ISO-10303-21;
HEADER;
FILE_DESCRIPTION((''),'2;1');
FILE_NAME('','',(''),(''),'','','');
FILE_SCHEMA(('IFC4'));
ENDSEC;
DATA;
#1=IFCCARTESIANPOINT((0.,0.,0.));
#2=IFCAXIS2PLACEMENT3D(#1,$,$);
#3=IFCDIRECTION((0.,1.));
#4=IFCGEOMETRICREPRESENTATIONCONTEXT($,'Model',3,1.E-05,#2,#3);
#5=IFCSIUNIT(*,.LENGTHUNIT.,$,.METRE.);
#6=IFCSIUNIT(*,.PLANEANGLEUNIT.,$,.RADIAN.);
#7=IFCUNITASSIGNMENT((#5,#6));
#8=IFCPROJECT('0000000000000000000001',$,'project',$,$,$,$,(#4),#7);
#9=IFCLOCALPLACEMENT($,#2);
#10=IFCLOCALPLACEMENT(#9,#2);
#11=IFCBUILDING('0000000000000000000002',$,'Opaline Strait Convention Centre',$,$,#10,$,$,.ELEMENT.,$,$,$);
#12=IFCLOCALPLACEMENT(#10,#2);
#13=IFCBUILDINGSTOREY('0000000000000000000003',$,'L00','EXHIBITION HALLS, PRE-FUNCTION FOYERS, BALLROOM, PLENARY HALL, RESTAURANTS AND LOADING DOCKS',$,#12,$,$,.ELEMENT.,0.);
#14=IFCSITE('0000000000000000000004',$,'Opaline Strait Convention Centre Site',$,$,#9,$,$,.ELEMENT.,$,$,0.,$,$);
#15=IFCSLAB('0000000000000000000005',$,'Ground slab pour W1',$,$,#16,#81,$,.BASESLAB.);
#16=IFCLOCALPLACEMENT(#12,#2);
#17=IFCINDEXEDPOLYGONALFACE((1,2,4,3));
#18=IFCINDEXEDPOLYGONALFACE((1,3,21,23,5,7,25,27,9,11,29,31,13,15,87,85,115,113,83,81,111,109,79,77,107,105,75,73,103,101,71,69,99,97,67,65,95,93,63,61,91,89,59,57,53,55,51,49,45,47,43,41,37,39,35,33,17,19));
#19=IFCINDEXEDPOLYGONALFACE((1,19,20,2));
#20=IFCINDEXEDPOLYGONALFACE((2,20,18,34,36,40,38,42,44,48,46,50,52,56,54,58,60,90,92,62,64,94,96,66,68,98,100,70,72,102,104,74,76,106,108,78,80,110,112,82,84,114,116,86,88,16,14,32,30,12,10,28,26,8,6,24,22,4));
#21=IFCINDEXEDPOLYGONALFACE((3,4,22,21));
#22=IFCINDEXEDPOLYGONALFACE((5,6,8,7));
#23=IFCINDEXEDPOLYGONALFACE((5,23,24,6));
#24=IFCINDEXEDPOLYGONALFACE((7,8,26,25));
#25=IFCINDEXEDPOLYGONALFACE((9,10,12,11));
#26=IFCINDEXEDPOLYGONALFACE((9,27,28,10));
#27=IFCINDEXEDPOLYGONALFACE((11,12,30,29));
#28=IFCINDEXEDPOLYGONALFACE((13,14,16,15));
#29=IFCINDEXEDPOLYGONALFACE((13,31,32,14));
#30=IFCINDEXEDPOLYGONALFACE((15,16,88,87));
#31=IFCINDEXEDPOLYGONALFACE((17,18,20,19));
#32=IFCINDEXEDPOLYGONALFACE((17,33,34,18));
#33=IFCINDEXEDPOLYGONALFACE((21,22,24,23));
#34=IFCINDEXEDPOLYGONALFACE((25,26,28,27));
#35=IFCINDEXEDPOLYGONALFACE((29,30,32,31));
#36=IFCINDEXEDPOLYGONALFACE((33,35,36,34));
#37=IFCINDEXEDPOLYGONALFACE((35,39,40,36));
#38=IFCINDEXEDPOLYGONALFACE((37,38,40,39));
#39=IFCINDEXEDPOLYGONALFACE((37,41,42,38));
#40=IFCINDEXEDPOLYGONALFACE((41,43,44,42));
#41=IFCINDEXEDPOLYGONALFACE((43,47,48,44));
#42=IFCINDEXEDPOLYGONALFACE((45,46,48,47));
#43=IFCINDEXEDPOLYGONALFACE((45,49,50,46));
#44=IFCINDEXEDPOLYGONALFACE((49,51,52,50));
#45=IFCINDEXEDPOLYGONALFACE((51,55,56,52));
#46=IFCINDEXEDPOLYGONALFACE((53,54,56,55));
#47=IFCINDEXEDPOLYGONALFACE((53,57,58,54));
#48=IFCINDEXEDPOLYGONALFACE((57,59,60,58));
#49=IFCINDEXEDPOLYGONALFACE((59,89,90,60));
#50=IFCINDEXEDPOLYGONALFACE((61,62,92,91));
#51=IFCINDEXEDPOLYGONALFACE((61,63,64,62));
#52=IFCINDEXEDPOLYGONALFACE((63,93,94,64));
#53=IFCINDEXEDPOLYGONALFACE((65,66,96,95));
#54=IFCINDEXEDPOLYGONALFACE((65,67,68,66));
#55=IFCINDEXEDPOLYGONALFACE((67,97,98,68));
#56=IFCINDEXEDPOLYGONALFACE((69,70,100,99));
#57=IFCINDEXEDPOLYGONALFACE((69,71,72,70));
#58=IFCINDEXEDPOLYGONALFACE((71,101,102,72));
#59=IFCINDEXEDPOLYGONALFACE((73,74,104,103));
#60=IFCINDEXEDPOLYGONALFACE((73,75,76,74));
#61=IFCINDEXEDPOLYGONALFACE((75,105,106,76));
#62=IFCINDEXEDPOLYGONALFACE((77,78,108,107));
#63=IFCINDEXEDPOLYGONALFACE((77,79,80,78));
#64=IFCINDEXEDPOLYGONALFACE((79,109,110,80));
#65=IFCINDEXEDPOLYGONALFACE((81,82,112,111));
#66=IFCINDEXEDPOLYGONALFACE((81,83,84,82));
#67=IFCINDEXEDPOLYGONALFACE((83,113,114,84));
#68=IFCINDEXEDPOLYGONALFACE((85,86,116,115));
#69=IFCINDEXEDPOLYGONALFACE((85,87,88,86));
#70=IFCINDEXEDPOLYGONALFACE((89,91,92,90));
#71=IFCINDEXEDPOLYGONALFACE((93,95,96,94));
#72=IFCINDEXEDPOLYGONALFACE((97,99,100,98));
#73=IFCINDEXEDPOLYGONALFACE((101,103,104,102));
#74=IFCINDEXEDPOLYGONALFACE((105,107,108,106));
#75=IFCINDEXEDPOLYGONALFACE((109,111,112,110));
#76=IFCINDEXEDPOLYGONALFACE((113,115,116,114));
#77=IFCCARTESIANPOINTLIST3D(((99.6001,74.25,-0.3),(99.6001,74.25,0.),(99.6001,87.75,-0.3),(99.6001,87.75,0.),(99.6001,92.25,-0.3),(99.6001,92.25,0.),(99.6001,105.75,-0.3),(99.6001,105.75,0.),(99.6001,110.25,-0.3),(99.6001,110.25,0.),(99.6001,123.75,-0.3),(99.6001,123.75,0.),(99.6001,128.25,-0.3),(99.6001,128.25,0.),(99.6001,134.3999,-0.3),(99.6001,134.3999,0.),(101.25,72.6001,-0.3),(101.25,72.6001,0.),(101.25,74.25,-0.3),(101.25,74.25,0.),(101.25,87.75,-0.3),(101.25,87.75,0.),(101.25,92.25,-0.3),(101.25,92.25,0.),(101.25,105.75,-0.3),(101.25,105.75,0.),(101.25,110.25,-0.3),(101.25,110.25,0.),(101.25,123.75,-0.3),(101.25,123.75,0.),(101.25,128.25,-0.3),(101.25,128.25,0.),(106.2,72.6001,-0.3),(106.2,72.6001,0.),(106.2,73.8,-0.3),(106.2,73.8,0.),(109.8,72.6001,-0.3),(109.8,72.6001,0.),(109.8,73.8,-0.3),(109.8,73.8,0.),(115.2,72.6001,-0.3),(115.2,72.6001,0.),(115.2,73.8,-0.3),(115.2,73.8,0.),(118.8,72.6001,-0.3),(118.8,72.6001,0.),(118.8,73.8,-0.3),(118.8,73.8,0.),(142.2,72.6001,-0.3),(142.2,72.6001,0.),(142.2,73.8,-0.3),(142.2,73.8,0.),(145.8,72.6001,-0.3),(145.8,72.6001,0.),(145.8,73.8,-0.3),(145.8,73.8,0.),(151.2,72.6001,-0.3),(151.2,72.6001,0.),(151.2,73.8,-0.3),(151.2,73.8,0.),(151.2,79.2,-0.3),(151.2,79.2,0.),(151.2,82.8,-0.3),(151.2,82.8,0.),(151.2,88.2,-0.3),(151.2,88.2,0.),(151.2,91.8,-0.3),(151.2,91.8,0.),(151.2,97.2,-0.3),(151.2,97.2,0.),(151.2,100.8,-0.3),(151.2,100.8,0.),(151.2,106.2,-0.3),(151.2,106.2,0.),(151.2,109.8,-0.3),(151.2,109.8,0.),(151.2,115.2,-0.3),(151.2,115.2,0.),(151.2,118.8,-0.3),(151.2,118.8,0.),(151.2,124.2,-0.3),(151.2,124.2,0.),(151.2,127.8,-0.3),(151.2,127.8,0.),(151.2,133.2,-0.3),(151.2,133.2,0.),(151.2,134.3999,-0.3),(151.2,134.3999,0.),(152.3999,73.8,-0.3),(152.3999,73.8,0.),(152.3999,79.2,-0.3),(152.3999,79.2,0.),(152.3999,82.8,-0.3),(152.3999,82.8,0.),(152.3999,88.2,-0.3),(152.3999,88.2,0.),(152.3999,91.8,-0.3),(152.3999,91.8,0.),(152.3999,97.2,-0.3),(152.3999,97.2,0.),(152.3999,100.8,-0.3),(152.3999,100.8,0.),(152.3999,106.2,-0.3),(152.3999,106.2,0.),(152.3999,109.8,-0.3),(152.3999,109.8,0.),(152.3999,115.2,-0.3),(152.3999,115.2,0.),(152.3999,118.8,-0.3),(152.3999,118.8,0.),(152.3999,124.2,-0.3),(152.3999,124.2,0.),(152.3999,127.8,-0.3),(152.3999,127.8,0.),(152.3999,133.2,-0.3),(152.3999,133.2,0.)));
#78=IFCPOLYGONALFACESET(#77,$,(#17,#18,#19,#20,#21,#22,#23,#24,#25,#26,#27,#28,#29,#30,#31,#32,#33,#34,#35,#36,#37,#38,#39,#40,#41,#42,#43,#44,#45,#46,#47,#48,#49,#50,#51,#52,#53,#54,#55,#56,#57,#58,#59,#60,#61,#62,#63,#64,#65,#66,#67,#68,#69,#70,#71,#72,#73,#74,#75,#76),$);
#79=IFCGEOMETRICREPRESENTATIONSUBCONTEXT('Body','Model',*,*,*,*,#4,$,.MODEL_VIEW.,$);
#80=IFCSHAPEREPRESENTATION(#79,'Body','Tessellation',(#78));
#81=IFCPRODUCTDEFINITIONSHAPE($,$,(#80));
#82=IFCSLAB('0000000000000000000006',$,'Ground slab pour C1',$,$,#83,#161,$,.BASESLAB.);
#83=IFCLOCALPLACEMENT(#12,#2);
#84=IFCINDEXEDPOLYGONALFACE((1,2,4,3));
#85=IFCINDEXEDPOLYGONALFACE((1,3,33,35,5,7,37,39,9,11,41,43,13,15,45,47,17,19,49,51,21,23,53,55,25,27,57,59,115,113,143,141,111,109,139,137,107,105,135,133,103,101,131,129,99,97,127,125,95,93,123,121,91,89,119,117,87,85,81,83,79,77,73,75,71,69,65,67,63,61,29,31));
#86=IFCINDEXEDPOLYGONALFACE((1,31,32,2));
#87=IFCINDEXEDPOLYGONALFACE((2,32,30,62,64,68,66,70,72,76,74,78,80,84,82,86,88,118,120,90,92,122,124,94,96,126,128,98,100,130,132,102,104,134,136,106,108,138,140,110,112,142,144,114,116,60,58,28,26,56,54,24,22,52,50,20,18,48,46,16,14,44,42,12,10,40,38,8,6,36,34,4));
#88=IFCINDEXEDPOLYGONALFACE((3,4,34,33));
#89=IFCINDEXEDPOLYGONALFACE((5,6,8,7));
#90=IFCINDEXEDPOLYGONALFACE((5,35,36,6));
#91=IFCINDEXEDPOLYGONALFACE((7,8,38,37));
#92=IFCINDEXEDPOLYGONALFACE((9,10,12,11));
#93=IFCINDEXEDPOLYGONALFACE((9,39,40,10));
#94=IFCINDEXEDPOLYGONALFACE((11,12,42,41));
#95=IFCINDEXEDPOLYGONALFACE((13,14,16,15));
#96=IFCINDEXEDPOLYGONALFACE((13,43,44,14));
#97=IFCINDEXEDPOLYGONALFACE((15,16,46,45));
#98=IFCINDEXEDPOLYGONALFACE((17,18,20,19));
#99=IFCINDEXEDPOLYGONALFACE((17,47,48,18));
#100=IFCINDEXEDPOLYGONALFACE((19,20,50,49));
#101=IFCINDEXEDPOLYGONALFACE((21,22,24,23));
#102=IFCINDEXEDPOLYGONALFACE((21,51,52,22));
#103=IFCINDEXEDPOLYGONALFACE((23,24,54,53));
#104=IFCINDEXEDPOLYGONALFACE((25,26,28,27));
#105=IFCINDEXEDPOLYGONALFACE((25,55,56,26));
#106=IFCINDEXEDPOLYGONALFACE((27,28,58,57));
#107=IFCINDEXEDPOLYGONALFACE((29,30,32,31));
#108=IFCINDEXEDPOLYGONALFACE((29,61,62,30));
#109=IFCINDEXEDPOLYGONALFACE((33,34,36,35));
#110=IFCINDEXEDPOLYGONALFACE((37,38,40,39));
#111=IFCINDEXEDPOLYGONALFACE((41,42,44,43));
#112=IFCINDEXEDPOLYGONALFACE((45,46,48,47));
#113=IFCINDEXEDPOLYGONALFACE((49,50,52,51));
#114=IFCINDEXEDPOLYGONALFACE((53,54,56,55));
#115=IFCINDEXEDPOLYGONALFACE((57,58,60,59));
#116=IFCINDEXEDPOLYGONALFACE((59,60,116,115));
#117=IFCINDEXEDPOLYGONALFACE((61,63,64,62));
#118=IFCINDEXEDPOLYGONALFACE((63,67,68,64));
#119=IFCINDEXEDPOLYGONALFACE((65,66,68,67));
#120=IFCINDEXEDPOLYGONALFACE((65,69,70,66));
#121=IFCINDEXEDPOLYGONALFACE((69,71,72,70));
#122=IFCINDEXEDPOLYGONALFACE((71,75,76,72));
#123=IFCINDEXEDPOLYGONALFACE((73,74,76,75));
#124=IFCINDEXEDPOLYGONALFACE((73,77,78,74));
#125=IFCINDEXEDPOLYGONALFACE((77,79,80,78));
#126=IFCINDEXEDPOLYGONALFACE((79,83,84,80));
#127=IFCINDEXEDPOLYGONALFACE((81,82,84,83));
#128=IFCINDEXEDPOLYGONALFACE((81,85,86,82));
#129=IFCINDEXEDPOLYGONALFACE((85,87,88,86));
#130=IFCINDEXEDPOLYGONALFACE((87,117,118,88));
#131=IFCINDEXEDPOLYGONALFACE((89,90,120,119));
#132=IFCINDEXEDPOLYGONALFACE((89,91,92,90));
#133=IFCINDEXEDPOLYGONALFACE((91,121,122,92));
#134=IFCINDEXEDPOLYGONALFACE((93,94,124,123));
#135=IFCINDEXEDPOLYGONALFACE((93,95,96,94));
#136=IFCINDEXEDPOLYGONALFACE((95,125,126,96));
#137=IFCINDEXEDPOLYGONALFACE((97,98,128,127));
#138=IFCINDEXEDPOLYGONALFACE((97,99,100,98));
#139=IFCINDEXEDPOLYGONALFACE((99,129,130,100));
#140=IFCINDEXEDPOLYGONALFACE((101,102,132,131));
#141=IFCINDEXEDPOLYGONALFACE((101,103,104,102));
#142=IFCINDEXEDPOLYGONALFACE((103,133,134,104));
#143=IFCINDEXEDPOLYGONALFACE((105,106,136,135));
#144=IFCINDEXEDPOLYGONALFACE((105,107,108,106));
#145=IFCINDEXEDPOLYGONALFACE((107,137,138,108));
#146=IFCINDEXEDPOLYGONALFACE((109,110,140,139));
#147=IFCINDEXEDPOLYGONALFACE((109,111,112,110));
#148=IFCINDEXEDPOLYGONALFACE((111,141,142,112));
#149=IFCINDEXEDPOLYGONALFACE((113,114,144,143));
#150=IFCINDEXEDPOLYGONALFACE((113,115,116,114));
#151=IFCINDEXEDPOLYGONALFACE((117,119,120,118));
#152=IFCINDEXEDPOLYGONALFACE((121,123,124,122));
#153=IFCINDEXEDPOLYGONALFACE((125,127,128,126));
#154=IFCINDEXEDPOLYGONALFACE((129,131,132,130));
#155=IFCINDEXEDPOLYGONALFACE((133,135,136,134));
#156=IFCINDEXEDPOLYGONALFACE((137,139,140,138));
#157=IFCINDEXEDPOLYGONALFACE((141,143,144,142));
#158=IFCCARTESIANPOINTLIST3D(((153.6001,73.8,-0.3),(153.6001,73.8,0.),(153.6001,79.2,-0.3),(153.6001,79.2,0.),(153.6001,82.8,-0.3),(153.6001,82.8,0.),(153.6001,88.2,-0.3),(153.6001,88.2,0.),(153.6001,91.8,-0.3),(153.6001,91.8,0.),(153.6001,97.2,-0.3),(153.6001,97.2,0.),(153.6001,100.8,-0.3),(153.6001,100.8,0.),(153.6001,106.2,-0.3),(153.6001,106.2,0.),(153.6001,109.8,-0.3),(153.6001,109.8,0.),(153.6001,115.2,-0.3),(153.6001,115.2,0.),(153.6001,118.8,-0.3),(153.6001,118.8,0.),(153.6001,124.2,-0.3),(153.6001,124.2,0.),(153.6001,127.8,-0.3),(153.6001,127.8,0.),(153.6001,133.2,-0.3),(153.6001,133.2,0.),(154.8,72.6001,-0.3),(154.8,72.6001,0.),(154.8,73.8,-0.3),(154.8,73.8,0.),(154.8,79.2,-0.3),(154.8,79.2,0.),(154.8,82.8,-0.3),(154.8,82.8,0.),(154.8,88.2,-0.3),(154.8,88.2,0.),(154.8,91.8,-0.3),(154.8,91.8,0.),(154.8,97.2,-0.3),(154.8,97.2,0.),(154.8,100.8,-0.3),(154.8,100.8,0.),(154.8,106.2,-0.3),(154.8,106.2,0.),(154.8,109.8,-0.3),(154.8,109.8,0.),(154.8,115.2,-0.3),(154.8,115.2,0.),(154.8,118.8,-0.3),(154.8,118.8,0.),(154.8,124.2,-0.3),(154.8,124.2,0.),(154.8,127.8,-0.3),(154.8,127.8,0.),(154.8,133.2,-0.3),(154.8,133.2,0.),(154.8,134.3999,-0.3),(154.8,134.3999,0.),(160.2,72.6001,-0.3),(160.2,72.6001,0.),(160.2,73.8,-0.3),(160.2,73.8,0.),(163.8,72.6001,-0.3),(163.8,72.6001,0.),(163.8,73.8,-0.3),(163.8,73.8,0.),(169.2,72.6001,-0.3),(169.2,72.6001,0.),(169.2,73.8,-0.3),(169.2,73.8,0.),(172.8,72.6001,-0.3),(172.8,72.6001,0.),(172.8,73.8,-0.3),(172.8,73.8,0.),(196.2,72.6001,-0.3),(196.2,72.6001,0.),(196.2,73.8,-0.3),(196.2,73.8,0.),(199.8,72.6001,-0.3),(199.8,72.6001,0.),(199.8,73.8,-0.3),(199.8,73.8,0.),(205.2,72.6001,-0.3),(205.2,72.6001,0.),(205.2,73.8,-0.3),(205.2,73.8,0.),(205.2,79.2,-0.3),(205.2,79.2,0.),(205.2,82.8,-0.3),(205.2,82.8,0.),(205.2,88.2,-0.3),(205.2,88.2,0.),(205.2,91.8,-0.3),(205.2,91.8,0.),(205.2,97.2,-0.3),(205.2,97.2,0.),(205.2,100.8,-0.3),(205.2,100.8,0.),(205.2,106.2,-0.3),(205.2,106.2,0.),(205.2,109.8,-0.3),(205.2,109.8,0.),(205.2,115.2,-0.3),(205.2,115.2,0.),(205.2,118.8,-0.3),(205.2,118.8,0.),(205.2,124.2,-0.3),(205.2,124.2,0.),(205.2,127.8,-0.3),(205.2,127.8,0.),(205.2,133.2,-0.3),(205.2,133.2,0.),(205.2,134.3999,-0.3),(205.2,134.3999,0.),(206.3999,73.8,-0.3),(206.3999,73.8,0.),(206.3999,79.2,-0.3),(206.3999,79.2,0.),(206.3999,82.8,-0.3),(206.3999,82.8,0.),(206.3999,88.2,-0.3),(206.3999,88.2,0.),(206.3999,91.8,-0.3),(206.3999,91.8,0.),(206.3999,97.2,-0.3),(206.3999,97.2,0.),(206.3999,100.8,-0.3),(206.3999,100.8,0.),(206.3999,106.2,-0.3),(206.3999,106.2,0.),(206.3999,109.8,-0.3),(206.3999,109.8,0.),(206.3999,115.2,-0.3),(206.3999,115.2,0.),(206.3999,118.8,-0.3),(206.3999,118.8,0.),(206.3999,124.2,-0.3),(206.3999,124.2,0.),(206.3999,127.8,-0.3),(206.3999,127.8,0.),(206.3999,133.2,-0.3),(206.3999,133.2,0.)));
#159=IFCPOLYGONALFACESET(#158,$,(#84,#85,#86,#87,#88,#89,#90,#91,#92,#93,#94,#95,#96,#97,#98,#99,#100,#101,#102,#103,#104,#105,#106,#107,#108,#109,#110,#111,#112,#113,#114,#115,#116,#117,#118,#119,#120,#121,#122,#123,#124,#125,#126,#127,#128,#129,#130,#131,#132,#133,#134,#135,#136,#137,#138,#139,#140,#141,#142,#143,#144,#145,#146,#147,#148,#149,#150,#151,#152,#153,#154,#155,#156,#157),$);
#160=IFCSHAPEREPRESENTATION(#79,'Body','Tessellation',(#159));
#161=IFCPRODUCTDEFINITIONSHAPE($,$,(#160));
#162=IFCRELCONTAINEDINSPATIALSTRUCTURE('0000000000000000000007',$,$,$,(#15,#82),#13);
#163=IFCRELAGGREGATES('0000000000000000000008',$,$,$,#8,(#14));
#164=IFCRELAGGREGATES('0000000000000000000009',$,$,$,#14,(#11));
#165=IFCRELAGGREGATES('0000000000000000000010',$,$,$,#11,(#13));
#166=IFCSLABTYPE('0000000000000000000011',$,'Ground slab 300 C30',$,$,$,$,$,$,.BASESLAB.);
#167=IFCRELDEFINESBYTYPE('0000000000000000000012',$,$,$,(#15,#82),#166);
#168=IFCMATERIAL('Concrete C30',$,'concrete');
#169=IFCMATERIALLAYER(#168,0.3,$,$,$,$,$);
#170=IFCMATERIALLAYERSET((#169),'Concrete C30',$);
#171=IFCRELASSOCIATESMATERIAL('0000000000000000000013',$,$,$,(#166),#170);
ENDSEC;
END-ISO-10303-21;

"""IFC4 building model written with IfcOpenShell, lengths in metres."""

from ifc_helpers import new_model, si_unit, direction, frame, origin, place, context, subcontext, project, spatial, polyline, outline, extrude, material, layer, layer_set, type_object, element, save


model = new_model("IFC4")

# Units and contexts
model_context = context("Model", 3, precision=1e-05, world=origin(), true_north=direction((0.0, 1.0)))
body_context = subcontext(model_context, "Body", "Model", "MODEL_VIEW")
ifc_project = project(units=[si_unit("LENGTHUNIT", "METRE"), si_unit("PLANEANGLEUNIT", "RADIAN")], contexts=[model_context])

# Site, building, storey
site_placement = place(None, origin())
site = spatial("IfcSite", under=ifc_project, at=site_placement, Name="Opaline Strait Convention Centre Site", CompositionType="ELEMENT", RefElevation=0.0)
building_placement = place(site_placement, origin())
building = spatial("IfcBuilding", under=site, at=building_placement, Name="Opaline Strait Convention Centre", CompositionType="ELEMENT")
storey_placement = place(building_placement, origin())
storey = spatial("IfcBuildingStorey", under=building, at=storey_placement, Name="L00", Description="EXHIBITION HALLS, PRE-FUNCTION FOYERS, BALLROOM, PLENARY HALL, RESTAURANTS AND LOADING DOCKS", CompositionType="ELEMENT", Elevation=0.0)

# Slabs
ifc_material_1 = material(Name="Concrete C30", Category="concrete")
ifc_layer_1 = layer(ifc_material_1, 0.3)
ifc_layer_set_1 = layer_set([ifc_layer_1], Name="Concrete C30")
slab_type = type_object("IfcSlabType", Name="Ground slab 300 C30", PredefinedType="BASESLAB", material=ifc_layer_set_1)
slab_1_placement = place(storey_placement, frame((0.0, 0.0, -0.3)))
element("IfcSlab", 1, at=slab_1_placement, inside=storey, type_object=slab_type, Name="Ground slab pour W1", PredefinedType="BASESLAB", context=body_context, shape_type="SweptSolid", body=[
    extrude(outline(polyline([(99.6001, 74.25), (99.6001, 87.75), (101.25, 87.75), (101.25, 92.25), (99.6001, 92.25), (99.6001, 105.75), (101.25, 105.75), (101.25, 110.25), (99.6001, 110.25), (99.6001, 123.75), (101.25, 123.75), (101.25, 128.25), (99.6001, 128.25), (99.6001, 134.3999), (151.2, 134.3999), (151.2, 133.2), (152.3999, 133.2), (152.3999, 127.8), (151.2, 127.8), (151.2, 124.2), (152.3999, 124.2), (152.3999, 118.8), (151.2, 118.8), (151.2, 115.2), (152.3999, 115.2), (152.3999, 109.8), (151.2, 109.8), (151.2, 106.2), (152.3999, 106.2), (152.3999, 100.8), (151.2, 100.8), (151.2, 97.2), (152.3999, 97.2), (152.3999, 91.8), (151.2, 91.8), (151.2, 88.2), (152.3999, 88.2), (152.3999, 82.8), (151.2, 82.8), (151.2, 79.2), (152.3999, 79.2), (152.3999, 73.8), (151.2, 73.8), (151.2, 72.6001), (145.8, 72.6001), (145.8, 73.8), (142.2, 73.8), (142.2, 72.6001), (118.8, 72.6001), (118.8, 73.8), (115.2, 73.8), (115.2, 72.6001), (109.8, 72.6001), (109.8, 73.8), (106.2, 73.8), (106.2, 72.6001), (101.25, 72.6001), (101.25, 74.25), (99.6001, 74.25)])), origin(), (0.0, 0.0, 1.0), 0.3),
])
slab_2_placement = place(storey_placement, frame((0.0, 0.0, -0.3)))
element("IfcSlab", 2, at=slab_2_placement, inside=storey, type_object=slab_type, Name="Ground slab pour C1", PredefinedType="BASESLAB", context=body_context, shape_type="SweptSolid", body=[
    extrude(outline(polyline([(153.6001, 73.8), (153.6001, 79.2), (154.8, 79.2), (154.8, 82.8), (153.6001, 82.8), (153.6001, 88.2), (154.8, 88.2), (154.8, 91.8), (153.6001, 91.8), (153.6001, 97.2), (154.8, 97.2), (154.8, 100.8), (153.6001, 100.8), (153.6001, 106.2), (154.8, 106.2), (154.8, 109.8), (153.6001, 109.8), (153.6001, 115.2), (154.8, 115.2), (154.8, 118.8), (153.6001, 118.8), (153.6001, 124.2), (154.8, 124.2), (154.8, 127.8), (153.6001, 127.8), (153.6001, 133.2), (154.8, 133.2), (154.8, 134.3999), (205.2, 134.3999), (205.2, 133.2), (206.3999, 133.2), (206.3999, 127.8), (205.2, 127.8), (205.2, 124.2), (206.3999, 124.2), (206.3999, 118.8), (205.2, 118.8), (205.2, 115.2), (206.3999, 115.2), (206.3999, 109.8), (205.2, 109.8), (205.2, 106.2), (206.3999, 106.2), (206.3999, 100.8), (205.2, 100.8), (205.2, 97.2), (206.3999, 97.2), (206.3999, 91.8), (205.2, 91.8), (205.2, 88.2), (206.3999, 88.2), (206.3999, 82.8), (205.2, 82.8), (205.2, 79.2), (206.3999, 79.2), (206.3999, 73.8), (205.2, 73.8), (205.2, 72.6001), (199.8, 72.6001), (199.8, 73.8), (196.2, 73.8), (196.2, 72.6001), (172.8, 72.6001), (172.8, 73.8), (169.2, 73.8), (169.2, 72.6001), (163.8, 72.6001), (163.8, 73.8), (160.2, 73.8), (160.2, 72.6001), (154.8, 72.6001), (154.8, 73.8), (153.6001, 73.8)])), origin(), (0.0, 0.0, 1.0), 0.3),
])

save(model, "model.ifc")
